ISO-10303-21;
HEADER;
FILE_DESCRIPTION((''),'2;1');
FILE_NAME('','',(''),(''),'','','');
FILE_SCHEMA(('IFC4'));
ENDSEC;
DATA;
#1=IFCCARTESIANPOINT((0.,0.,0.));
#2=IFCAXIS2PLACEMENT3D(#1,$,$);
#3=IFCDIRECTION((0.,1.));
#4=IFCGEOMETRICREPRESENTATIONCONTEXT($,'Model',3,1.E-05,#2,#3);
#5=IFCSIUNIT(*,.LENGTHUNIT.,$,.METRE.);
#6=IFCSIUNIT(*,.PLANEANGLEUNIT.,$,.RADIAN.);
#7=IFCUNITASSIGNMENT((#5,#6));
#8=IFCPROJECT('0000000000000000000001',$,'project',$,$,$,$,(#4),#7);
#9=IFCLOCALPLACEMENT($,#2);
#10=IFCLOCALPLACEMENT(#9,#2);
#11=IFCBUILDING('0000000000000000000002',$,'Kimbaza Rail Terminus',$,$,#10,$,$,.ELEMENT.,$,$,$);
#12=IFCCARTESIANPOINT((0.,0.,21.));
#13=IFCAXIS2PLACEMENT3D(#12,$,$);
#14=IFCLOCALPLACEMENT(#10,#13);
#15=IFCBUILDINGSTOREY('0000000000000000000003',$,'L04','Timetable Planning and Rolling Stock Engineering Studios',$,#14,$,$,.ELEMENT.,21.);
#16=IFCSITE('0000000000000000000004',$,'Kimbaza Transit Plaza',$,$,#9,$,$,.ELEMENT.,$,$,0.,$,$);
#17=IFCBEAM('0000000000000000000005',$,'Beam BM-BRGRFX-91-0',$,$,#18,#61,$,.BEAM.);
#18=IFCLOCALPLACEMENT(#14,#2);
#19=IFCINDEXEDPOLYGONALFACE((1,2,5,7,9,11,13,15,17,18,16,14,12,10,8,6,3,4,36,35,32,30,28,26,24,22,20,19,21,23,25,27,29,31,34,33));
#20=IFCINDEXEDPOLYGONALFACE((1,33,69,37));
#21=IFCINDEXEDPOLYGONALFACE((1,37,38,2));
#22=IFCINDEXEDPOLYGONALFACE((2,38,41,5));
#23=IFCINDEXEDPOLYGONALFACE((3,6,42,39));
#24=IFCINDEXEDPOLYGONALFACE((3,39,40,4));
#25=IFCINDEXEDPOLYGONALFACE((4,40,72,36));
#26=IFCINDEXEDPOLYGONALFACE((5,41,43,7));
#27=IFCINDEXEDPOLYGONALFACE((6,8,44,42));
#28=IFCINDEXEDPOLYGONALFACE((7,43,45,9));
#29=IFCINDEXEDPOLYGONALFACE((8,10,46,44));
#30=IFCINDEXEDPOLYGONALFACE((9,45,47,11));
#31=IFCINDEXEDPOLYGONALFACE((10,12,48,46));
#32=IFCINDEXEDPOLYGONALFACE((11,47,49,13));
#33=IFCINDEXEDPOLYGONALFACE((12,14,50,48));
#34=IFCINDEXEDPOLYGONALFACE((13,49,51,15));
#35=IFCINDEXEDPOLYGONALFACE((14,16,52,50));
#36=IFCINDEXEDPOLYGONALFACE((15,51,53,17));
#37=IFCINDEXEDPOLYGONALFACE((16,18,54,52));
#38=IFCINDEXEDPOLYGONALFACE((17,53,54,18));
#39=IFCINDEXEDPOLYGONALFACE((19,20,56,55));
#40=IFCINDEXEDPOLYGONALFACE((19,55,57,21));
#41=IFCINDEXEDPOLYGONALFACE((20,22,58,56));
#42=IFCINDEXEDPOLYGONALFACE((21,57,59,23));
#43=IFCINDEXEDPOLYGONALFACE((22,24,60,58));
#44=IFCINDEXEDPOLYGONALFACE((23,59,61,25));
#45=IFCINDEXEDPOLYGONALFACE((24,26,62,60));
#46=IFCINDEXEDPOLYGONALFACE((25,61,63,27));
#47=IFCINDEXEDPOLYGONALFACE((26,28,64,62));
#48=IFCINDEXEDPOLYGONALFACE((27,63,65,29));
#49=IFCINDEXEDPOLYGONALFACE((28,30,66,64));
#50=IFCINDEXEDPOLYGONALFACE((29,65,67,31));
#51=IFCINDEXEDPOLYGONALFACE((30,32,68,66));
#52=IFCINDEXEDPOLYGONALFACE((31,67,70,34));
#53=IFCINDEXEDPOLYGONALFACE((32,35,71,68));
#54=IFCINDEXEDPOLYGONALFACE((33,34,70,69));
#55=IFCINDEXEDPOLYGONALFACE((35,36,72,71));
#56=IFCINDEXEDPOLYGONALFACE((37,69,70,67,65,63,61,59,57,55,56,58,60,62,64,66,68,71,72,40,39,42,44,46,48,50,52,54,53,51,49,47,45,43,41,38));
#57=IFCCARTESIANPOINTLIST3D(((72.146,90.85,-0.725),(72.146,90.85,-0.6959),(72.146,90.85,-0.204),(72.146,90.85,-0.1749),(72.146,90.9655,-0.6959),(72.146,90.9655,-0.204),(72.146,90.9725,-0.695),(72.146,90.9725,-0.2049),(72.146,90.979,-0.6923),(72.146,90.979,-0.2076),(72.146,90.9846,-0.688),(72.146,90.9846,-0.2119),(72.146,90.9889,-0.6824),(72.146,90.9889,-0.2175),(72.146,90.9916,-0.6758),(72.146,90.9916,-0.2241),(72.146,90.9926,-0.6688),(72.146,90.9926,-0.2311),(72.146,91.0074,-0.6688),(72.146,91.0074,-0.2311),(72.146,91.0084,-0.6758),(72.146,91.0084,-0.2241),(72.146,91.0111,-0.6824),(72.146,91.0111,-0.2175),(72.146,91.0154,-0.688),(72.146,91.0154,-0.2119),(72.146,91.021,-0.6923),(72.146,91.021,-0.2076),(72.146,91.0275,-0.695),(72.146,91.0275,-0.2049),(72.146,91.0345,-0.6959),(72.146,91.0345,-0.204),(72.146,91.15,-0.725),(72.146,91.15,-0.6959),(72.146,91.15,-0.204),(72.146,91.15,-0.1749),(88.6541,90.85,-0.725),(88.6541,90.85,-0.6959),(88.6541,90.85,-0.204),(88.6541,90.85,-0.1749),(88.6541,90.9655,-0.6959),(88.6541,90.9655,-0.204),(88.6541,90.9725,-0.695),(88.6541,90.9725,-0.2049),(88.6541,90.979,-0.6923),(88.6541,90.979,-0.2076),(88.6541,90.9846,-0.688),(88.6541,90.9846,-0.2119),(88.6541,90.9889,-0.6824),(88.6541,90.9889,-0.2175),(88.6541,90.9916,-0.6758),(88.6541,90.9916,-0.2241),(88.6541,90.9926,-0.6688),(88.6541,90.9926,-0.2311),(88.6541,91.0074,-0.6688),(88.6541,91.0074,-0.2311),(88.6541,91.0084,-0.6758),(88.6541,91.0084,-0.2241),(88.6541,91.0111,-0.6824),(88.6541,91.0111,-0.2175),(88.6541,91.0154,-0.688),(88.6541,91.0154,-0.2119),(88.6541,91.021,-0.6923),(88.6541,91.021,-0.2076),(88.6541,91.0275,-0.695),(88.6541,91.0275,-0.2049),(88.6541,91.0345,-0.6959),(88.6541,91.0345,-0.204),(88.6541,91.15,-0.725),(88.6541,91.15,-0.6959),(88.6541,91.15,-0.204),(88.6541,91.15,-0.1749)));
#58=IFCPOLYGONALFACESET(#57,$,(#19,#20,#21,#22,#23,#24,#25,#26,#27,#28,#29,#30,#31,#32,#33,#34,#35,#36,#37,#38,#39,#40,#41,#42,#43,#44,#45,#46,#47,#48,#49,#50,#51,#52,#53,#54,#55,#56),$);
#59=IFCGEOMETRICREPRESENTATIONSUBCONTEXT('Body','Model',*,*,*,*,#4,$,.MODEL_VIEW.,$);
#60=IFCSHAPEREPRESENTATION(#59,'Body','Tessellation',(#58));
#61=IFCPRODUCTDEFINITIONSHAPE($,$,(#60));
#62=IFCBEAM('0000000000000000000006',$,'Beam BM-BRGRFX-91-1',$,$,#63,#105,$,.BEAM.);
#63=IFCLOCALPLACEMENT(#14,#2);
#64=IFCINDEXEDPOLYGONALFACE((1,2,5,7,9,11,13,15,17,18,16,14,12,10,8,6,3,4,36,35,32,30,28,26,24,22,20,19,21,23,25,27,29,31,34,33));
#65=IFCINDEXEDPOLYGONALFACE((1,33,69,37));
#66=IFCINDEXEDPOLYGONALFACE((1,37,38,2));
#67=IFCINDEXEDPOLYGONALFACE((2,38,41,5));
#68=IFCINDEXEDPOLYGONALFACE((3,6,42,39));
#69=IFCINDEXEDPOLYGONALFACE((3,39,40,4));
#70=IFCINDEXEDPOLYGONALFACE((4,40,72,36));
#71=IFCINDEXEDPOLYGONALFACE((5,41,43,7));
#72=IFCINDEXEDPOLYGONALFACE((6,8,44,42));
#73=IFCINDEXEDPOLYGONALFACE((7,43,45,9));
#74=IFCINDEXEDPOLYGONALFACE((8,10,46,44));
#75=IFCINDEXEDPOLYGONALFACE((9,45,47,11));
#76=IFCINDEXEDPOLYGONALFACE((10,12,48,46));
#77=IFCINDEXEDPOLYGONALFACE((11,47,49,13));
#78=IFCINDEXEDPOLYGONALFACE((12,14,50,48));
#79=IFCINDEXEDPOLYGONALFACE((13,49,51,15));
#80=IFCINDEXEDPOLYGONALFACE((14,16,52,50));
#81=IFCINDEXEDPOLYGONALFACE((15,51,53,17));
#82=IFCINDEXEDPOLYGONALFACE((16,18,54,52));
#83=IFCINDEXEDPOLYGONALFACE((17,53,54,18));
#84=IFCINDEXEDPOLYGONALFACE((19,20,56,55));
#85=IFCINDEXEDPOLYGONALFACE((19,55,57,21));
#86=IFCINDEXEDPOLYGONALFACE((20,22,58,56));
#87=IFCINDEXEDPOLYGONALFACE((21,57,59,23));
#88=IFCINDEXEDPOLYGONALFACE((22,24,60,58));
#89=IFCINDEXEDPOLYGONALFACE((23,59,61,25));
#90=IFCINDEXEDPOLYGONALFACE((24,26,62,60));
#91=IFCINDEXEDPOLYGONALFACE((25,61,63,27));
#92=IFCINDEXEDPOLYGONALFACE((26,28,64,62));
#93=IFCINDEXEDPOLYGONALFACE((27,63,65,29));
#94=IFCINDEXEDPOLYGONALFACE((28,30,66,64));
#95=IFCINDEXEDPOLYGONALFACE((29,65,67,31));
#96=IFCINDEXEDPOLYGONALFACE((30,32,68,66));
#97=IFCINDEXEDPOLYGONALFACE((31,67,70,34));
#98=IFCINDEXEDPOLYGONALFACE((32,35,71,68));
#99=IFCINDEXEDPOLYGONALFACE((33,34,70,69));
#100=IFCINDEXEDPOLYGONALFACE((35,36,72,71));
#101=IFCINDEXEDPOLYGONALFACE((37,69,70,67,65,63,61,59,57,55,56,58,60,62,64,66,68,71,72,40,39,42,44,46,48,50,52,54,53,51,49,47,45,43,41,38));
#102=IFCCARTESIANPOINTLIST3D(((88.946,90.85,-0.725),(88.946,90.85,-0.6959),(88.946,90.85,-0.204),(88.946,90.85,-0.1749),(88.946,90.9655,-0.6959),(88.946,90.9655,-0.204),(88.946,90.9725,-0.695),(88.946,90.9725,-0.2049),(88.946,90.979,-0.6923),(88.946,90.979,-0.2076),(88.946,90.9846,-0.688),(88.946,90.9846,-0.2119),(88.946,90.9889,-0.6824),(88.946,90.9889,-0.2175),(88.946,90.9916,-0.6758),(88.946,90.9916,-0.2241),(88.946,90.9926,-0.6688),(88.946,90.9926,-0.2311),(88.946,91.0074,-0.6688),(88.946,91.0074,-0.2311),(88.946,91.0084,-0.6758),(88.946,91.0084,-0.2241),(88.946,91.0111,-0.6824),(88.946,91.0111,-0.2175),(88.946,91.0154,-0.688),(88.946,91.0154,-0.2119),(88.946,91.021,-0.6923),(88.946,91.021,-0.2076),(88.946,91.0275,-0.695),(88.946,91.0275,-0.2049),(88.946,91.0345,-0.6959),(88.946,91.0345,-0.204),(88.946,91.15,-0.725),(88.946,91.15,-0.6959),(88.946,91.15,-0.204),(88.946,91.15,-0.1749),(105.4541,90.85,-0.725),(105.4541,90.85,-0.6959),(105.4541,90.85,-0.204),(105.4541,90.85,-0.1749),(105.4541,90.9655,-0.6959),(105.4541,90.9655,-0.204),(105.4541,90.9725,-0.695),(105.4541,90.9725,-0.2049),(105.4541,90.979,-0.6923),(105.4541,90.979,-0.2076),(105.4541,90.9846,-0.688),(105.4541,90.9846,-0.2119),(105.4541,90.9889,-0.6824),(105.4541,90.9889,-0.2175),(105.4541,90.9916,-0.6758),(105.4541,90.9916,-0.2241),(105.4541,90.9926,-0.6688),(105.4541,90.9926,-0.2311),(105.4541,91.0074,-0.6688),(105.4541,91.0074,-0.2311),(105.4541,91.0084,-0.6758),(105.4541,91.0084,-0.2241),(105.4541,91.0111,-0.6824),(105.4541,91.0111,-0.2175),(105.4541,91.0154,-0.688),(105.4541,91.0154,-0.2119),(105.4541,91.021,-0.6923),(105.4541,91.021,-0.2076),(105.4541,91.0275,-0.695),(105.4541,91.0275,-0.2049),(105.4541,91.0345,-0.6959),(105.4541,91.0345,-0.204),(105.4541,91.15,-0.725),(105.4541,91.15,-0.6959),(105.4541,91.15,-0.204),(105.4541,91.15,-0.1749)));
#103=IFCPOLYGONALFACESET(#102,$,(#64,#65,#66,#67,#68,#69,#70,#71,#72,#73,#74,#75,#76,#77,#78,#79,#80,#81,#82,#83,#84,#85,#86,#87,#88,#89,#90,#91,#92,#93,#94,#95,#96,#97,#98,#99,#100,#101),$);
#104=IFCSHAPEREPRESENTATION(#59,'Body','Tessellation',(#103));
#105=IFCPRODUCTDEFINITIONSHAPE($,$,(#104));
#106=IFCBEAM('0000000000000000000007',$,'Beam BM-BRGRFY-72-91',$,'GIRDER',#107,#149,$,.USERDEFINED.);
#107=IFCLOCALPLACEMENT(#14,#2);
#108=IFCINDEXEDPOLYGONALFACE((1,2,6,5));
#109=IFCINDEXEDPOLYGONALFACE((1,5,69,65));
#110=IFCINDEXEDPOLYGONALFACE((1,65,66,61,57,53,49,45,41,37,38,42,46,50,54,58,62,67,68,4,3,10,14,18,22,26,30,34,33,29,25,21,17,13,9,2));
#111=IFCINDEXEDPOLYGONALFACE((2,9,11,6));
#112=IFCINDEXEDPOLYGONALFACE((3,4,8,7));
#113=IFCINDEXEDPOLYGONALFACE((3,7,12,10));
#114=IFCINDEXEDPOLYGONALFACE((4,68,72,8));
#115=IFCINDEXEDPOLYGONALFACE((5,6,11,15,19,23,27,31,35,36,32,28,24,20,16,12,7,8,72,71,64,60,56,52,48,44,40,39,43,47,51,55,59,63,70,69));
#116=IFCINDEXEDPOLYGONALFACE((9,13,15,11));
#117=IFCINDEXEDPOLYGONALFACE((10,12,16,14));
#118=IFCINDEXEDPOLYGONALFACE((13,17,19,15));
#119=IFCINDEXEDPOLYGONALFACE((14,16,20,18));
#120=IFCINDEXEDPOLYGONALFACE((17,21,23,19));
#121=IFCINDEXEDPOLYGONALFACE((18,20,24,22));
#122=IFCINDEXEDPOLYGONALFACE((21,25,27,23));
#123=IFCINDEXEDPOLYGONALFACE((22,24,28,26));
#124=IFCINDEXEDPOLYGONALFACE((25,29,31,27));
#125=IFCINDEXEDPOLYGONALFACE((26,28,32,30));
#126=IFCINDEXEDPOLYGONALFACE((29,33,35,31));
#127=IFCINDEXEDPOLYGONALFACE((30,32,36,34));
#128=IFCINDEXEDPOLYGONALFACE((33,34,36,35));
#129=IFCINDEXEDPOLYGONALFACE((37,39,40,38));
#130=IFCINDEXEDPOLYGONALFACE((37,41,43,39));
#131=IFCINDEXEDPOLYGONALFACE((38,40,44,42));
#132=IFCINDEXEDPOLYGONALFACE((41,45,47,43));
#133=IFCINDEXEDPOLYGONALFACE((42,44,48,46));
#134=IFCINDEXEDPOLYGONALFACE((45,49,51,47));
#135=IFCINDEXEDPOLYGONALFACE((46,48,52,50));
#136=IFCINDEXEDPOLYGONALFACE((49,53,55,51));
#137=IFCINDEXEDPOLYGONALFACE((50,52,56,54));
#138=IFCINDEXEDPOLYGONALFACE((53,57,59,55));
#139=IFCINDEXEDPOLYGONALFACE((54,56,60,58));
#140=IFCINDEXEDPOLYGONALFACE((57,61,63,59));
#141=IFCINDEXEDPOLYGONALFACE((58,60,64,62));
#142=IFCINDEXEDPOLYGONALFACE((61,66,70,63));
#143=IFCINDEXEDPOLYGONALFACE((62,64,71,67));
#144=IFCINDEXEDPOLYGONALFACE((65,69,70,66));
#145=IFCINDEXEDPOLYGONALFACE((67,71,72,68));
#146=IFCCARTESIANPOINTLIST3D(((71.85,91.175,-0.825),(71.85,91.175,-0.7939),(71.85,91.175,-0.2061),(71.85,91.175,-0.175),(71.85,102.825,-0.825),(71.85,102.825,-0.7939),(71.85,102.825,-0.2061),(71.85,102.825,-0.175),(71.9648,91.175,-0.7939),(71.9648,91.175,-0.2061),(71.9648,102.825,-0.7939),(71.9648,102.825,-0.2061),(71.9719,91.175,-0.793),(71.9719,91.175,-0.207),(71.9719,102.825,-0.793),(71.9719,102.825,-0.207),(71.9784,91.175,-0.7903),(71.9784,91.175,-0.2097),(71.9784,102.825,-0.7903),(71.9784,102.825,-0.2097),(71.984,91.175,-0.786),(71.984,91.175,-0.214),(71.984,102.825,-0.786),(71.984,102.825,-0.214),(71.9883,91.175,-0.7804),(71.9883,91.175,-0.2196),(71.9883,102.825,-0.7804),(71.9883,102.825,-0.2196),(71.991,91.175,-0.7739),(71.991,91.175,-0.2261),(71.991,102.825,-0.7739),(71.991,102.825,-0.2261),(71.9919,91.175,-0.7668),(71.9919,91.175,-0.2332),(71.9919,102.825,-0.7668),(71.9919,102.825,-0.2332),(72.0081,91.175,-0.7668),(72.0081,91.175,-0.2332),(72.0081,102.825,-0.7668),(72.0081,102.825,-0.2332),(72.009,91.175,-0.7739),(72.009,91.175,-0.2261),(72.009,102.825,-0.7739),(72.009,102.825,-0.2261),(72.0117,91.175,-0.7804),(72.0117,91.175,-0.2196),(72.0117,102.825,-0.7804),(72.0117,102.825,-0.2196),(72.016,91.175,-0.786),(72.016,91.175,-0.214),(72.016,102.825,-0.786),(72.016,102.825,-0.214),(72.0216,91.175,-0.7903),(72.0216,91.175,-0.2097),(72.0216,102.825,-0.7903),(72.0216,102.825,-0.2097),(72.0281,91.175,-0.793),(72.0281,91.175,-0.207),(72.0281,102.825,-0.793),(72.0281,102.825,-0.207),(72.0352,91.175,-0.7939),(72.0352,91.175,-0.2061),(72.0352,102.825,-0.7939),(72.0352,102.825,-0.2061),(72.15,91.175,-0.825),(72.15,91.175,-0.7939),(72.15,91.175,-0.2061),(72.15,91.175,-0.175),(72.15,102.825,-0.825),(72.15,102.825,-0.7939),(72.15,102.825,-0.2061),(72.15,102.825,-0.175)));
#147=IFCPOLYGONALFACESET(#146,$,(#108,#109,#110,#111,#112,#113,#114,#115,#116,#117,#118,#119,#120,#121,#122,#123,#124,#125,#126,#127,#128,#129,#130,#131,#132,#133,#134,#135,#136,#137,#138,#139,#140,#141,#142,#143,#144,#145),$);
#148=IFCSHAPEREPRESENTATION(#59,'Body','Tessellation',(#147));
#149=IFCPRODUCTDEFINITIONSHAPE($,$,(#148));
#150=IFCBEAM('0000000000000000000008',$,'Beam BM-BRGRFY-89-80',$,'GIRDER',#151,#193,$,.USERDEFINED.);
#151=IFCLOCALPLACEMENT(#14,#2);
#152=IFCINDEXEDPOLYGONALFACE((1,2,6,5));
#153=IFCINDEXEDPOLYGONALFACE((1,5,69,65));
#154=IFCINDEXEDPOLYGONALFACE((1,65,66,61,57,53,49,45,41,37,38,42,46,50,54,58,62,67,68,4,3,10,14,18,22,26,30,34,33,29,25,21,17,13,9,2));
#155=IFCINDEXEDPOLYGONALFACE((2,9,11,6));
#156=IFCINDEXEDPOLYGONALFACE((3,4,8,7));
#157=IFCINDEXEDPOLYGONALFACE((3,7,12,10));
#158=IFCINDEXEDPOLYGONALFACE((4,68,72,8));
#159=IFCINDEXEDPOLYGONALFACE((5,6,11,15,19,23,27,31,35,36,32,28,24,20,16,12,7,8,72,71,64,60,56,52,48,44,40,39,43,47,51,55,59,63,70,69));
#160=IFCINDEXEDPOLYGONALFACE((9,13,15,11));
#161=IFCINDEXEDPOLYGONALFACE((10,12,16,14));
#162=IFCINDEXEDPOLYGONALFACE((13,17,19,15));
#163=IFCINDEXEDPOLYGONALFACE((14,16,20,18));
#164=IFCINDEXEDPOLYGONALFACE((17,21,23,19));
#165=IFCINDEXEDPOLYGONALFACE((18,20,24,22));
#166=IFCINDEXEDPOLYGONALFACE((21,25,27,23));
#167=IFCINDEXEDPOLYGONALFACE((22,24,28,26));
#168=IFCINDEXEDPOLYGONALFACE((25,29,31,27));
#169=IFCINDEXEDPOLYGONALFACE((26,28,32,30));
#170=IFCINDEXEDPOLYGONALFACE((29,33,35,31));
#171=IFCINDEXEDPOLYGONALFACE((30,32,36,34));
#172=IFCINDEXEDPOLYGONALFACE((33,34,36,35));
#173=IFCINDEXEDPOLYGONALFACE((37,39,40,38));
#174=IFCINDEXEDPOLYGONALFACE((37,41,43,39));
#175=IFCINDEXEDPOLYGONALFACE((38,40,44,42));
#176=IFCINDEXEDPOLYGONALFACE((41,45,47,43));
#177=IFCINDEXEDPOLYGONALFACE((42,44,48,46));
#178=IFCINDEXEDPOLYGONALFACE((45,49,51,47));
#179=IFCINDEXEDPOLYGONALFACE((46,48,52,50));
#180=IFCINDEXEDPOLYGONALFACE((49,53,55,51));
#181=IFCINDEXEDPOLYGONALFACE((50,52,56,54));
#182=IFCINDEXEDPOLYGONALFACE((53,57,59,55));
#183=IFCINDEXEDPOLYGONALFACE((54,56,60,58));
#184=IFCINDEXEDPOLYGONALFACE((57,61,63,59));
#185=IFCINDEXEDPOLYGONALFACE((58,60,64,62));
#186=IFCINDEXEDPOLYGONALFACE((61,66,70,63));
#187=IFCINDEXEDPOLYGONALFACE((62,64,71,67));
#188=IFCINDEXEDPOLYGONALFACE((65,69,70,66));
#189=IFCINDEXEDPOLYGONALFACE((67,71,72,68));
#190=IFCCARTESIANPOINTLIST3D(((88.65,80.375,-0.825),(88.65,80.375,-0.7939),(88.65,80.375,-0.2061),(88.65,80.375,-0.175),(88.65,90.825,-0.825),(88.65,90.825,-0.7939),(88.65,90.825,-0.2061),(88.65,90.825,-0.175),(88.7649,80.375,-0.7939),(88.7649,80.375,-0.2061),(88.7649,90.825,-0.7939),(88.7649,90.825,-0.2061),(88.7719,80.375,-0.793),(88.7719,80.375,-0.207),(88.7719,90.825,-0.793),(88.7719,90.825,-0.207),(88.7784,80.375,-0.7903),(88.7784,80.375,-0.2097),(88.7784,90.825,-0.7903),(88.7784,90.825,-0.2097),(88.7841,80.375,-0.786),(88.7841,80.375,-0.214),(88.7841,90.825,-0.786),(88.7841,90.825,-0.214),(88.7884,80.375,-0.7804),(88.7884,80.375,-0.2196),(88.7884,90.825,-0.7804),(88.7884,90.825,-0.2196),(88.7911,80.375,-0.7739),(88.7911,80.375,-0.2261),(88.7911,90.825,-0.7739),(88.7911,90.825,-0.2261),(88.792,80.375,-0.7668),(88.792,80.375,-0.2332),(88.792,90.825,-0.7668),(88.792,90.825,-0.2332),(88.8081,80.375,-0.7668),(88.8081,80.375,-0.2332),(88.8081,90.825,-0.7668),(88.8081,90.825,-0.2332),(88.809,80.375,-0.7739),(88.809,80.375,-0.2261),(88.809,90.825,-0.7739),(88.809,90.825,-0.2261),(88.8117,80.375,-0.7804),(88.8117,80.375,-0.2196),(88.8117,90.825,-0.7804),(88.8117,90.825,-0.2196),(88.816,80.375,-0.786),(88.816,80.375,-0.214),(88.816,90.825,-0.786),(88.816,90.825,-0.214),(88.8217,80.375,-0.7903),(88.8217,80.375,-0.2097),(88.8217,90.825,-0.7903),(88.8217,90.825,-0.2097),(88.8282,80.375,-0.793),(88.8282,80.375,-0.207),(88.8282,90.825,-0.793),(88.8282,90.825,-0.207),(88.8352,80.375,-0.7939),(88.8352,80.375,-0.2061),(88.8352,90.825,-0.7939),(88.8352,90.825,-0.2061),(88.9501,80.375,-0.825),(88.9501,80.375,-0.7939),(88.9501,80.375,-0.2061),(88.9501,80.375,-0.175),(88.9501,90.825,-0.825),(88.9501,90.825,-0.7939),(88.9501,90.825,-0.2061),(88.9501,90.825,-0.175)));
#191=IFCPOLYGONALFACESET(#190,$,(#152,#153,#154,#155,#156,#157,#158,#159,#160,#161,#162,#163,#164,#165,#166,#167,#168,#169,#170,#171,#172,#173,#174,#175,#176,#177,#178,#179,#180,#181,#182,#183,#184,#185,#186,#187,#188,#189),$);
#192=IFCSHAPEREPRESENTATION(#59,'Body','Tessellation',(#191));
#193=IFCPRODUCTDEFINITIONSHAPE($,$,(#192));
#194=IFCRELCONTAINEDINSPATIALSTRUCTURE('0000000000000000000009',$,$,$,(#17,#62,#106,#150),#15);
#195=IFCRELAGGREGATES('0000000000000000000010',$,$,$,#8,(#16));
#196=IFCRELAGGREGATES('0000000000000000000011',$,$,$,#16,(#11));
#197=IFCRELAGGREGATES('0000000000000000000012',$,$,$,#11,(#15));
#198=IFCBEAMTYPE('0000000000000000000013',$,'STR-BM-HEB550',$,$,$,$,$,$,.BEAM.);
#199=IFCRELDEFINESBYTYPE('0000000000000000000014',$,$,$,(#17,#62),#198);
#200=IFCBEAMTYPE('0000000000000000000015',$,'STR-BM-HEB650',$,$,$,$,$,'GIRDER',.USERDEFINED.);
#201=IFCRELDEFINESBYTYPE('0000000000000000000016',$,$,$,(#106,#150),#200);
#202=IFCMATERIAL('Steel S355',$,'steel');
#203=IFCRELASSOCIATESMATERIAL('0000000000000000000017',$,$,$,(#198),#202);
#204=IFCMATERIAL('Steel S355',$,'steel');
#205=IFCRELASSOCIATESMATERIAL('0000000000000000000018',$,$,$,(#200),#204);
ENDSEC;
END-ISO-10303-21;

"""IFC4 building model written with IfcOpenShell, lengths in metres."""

from ifc_helpers import new_model, si_unit, direction, frame, origin, origin_2d, place, context, subcontext, project, spatial, i_section, extrude, material, material_profile, profile_set, type_object, element, save


model = new_model("IFC4")

# Units and contexts
model_context = context("Model", 3, precision=1e-05, world=origin(), true_north=direction((0.0, 1.0)))
body_context = subcontext(model_context, "Body", "Model", "MODEL_VIEW")
ifc_project = project(units=[si_unit("LENGTHUNIT", "METRE"), si_unit("PLANEANGLEUNIT", "RADIAN")], contexts=[model_context])

# Site, building, storey
site_placement = place(None, origin())
site = spatial("IfcSite", under=ifc_project, at=site_placement, Name="Kimbaza Transit Plaza", CompositionType="ELEMENT", RefElevation=0.0)
building_placement = place(site_placement, origin())
building = spatial("IfcBuilding", under=site, at=building_placement, Name="Kimbaza Rail Terminus", CompositionType="ELEMENT")
storey_placement = place(building_placement, frame((0.0, 0.0, 21.0)))
storey = spatial("IfcBuildingStorey", under=building, at=storey_placement, Name="L04", Description="Timetable Planning and Rolling Stock Engineering Studios", CompositionType="ELEMENT", Elevation=21.0)

# Beams
ifc_material_1 = material(Name="Steel S355", Category="steel")
ifc_material_profile_1 = material_profile(ifc_material_1, i_section(OverallWidth=0.3, OverallDepth=0.55, WebThickness=0.0149, FlangeThickness=0.0291, FilletRadius=0.0271, at=origin_2d()), Name="HEB 550")
ifc_profile_set_1 = profile_set([ifc_material_profile_1], Name="Steel S355")
beam_type_1 = type_object("IfcBeamType", Name="STR-BM-HEB550", PredefinedType="BEAM", material=ifc_profile_set_1)
for number, where, z_axis, x_axis, name in (
    (1, (72.146, 91.0, -0.45), (1.0, 0.0, 0.0), (0.0, 1.0, 0.0), "Beam BM-BRGRFX-91-0"),
    (2, (88.946, 91.0, -0.45), (1.0, 0.0, 0.0), (0.0, 1.0, 0.0), "Beam BM-BRGRFX-91-1"),
):
    element("IfcBeam", number, at=place(storey_placement, frame(where, z_axis=z_axis, x_axis=x_axis)), inside=storey, type_object=beam_type_1, Name=name, PredefinedType="BEAM", context=body_context, shape_type="SweptSolid", body=[
        extrude(i_section(OverallWidth=0.3, OverallDepth=0.55, WebThickness=0.0149, FlangeThickness=0.0291, FilletRadius=0.0271, at=origin_2d()), origin(), (0.0, 0.0, 1.0), 16.5081),
    ])
ifc_material_2 = material(Name="Steel S355", Category="steel")
ifc_material_profile_2 = material_profile(ifc_material_2, i_section(OverallWidth=0.3, OverallDepth=0.6499, WebThickness=0.0161, FlangeThickness=0.031, FilletRadius=0.0271, at=origin_2d()), Name="HEB 650")
ifc_profile_set_2 = profile_set([ifc_material_profile_2], Name="Steel S355")
beam_type_2 = type_object("IfcBeamType", Name="STR-BM-HEB650", ElementType="GIRDER", PredefinedType="USERDEFINED", material=ifc_profile_set_2)
beam_1_placement = place(storey_placement, frame((72.0, 91.175, -0.5), z_axis=(0.0, 1.0, 0.0), x_axis=(-1.0, 0.0, 0.0)))
element("IfcBeam", 3, at=beam_1_placement, inside=storey, type_object=beam_type_2, Name="Beam BM-BRGRFY-72-91", ObjectType="GIRDER", PredefinedType="USERDEFINED", context=body_context, shape_type="SweptSolid", body=[
    extrude(i_section(OverallWidth=0.3, OverallDepth=0.6499, WebThickness=0.0161, FlangeThickness=0.031, FilletRadius=0.0271, at=origin_2d()), origin(), (0.0, 0.0, 1.0), 11.6499),
])
beam_2_placement = place(storey_placement, frame((88.8, 80.375, -0.5), z_axis=(0.0, 1.0, 0.0), x_axis=(-1.0, 0.0, 0.0)))
element("IfcBeam", 4, at=beam_2_placement, inside=storey, type_object=beam_type_2, Name="Beam BM-BRGRFY-89-80", ObjectType="GIRDER", PredefinedType="USERDEFINED", context=body_context, shape_type="SweptSolid", body=[
    extrude(i_section(OverallWidth=0.3, OverallDepth=0.6499, WebThickness=0.0161, FlangeThickness=0.031, FilletRadius=0.0271, at=origin_2d()), origin(), (0.0, 0.0, 1.0), 10.45),
])

save(model, "model.ifc")
